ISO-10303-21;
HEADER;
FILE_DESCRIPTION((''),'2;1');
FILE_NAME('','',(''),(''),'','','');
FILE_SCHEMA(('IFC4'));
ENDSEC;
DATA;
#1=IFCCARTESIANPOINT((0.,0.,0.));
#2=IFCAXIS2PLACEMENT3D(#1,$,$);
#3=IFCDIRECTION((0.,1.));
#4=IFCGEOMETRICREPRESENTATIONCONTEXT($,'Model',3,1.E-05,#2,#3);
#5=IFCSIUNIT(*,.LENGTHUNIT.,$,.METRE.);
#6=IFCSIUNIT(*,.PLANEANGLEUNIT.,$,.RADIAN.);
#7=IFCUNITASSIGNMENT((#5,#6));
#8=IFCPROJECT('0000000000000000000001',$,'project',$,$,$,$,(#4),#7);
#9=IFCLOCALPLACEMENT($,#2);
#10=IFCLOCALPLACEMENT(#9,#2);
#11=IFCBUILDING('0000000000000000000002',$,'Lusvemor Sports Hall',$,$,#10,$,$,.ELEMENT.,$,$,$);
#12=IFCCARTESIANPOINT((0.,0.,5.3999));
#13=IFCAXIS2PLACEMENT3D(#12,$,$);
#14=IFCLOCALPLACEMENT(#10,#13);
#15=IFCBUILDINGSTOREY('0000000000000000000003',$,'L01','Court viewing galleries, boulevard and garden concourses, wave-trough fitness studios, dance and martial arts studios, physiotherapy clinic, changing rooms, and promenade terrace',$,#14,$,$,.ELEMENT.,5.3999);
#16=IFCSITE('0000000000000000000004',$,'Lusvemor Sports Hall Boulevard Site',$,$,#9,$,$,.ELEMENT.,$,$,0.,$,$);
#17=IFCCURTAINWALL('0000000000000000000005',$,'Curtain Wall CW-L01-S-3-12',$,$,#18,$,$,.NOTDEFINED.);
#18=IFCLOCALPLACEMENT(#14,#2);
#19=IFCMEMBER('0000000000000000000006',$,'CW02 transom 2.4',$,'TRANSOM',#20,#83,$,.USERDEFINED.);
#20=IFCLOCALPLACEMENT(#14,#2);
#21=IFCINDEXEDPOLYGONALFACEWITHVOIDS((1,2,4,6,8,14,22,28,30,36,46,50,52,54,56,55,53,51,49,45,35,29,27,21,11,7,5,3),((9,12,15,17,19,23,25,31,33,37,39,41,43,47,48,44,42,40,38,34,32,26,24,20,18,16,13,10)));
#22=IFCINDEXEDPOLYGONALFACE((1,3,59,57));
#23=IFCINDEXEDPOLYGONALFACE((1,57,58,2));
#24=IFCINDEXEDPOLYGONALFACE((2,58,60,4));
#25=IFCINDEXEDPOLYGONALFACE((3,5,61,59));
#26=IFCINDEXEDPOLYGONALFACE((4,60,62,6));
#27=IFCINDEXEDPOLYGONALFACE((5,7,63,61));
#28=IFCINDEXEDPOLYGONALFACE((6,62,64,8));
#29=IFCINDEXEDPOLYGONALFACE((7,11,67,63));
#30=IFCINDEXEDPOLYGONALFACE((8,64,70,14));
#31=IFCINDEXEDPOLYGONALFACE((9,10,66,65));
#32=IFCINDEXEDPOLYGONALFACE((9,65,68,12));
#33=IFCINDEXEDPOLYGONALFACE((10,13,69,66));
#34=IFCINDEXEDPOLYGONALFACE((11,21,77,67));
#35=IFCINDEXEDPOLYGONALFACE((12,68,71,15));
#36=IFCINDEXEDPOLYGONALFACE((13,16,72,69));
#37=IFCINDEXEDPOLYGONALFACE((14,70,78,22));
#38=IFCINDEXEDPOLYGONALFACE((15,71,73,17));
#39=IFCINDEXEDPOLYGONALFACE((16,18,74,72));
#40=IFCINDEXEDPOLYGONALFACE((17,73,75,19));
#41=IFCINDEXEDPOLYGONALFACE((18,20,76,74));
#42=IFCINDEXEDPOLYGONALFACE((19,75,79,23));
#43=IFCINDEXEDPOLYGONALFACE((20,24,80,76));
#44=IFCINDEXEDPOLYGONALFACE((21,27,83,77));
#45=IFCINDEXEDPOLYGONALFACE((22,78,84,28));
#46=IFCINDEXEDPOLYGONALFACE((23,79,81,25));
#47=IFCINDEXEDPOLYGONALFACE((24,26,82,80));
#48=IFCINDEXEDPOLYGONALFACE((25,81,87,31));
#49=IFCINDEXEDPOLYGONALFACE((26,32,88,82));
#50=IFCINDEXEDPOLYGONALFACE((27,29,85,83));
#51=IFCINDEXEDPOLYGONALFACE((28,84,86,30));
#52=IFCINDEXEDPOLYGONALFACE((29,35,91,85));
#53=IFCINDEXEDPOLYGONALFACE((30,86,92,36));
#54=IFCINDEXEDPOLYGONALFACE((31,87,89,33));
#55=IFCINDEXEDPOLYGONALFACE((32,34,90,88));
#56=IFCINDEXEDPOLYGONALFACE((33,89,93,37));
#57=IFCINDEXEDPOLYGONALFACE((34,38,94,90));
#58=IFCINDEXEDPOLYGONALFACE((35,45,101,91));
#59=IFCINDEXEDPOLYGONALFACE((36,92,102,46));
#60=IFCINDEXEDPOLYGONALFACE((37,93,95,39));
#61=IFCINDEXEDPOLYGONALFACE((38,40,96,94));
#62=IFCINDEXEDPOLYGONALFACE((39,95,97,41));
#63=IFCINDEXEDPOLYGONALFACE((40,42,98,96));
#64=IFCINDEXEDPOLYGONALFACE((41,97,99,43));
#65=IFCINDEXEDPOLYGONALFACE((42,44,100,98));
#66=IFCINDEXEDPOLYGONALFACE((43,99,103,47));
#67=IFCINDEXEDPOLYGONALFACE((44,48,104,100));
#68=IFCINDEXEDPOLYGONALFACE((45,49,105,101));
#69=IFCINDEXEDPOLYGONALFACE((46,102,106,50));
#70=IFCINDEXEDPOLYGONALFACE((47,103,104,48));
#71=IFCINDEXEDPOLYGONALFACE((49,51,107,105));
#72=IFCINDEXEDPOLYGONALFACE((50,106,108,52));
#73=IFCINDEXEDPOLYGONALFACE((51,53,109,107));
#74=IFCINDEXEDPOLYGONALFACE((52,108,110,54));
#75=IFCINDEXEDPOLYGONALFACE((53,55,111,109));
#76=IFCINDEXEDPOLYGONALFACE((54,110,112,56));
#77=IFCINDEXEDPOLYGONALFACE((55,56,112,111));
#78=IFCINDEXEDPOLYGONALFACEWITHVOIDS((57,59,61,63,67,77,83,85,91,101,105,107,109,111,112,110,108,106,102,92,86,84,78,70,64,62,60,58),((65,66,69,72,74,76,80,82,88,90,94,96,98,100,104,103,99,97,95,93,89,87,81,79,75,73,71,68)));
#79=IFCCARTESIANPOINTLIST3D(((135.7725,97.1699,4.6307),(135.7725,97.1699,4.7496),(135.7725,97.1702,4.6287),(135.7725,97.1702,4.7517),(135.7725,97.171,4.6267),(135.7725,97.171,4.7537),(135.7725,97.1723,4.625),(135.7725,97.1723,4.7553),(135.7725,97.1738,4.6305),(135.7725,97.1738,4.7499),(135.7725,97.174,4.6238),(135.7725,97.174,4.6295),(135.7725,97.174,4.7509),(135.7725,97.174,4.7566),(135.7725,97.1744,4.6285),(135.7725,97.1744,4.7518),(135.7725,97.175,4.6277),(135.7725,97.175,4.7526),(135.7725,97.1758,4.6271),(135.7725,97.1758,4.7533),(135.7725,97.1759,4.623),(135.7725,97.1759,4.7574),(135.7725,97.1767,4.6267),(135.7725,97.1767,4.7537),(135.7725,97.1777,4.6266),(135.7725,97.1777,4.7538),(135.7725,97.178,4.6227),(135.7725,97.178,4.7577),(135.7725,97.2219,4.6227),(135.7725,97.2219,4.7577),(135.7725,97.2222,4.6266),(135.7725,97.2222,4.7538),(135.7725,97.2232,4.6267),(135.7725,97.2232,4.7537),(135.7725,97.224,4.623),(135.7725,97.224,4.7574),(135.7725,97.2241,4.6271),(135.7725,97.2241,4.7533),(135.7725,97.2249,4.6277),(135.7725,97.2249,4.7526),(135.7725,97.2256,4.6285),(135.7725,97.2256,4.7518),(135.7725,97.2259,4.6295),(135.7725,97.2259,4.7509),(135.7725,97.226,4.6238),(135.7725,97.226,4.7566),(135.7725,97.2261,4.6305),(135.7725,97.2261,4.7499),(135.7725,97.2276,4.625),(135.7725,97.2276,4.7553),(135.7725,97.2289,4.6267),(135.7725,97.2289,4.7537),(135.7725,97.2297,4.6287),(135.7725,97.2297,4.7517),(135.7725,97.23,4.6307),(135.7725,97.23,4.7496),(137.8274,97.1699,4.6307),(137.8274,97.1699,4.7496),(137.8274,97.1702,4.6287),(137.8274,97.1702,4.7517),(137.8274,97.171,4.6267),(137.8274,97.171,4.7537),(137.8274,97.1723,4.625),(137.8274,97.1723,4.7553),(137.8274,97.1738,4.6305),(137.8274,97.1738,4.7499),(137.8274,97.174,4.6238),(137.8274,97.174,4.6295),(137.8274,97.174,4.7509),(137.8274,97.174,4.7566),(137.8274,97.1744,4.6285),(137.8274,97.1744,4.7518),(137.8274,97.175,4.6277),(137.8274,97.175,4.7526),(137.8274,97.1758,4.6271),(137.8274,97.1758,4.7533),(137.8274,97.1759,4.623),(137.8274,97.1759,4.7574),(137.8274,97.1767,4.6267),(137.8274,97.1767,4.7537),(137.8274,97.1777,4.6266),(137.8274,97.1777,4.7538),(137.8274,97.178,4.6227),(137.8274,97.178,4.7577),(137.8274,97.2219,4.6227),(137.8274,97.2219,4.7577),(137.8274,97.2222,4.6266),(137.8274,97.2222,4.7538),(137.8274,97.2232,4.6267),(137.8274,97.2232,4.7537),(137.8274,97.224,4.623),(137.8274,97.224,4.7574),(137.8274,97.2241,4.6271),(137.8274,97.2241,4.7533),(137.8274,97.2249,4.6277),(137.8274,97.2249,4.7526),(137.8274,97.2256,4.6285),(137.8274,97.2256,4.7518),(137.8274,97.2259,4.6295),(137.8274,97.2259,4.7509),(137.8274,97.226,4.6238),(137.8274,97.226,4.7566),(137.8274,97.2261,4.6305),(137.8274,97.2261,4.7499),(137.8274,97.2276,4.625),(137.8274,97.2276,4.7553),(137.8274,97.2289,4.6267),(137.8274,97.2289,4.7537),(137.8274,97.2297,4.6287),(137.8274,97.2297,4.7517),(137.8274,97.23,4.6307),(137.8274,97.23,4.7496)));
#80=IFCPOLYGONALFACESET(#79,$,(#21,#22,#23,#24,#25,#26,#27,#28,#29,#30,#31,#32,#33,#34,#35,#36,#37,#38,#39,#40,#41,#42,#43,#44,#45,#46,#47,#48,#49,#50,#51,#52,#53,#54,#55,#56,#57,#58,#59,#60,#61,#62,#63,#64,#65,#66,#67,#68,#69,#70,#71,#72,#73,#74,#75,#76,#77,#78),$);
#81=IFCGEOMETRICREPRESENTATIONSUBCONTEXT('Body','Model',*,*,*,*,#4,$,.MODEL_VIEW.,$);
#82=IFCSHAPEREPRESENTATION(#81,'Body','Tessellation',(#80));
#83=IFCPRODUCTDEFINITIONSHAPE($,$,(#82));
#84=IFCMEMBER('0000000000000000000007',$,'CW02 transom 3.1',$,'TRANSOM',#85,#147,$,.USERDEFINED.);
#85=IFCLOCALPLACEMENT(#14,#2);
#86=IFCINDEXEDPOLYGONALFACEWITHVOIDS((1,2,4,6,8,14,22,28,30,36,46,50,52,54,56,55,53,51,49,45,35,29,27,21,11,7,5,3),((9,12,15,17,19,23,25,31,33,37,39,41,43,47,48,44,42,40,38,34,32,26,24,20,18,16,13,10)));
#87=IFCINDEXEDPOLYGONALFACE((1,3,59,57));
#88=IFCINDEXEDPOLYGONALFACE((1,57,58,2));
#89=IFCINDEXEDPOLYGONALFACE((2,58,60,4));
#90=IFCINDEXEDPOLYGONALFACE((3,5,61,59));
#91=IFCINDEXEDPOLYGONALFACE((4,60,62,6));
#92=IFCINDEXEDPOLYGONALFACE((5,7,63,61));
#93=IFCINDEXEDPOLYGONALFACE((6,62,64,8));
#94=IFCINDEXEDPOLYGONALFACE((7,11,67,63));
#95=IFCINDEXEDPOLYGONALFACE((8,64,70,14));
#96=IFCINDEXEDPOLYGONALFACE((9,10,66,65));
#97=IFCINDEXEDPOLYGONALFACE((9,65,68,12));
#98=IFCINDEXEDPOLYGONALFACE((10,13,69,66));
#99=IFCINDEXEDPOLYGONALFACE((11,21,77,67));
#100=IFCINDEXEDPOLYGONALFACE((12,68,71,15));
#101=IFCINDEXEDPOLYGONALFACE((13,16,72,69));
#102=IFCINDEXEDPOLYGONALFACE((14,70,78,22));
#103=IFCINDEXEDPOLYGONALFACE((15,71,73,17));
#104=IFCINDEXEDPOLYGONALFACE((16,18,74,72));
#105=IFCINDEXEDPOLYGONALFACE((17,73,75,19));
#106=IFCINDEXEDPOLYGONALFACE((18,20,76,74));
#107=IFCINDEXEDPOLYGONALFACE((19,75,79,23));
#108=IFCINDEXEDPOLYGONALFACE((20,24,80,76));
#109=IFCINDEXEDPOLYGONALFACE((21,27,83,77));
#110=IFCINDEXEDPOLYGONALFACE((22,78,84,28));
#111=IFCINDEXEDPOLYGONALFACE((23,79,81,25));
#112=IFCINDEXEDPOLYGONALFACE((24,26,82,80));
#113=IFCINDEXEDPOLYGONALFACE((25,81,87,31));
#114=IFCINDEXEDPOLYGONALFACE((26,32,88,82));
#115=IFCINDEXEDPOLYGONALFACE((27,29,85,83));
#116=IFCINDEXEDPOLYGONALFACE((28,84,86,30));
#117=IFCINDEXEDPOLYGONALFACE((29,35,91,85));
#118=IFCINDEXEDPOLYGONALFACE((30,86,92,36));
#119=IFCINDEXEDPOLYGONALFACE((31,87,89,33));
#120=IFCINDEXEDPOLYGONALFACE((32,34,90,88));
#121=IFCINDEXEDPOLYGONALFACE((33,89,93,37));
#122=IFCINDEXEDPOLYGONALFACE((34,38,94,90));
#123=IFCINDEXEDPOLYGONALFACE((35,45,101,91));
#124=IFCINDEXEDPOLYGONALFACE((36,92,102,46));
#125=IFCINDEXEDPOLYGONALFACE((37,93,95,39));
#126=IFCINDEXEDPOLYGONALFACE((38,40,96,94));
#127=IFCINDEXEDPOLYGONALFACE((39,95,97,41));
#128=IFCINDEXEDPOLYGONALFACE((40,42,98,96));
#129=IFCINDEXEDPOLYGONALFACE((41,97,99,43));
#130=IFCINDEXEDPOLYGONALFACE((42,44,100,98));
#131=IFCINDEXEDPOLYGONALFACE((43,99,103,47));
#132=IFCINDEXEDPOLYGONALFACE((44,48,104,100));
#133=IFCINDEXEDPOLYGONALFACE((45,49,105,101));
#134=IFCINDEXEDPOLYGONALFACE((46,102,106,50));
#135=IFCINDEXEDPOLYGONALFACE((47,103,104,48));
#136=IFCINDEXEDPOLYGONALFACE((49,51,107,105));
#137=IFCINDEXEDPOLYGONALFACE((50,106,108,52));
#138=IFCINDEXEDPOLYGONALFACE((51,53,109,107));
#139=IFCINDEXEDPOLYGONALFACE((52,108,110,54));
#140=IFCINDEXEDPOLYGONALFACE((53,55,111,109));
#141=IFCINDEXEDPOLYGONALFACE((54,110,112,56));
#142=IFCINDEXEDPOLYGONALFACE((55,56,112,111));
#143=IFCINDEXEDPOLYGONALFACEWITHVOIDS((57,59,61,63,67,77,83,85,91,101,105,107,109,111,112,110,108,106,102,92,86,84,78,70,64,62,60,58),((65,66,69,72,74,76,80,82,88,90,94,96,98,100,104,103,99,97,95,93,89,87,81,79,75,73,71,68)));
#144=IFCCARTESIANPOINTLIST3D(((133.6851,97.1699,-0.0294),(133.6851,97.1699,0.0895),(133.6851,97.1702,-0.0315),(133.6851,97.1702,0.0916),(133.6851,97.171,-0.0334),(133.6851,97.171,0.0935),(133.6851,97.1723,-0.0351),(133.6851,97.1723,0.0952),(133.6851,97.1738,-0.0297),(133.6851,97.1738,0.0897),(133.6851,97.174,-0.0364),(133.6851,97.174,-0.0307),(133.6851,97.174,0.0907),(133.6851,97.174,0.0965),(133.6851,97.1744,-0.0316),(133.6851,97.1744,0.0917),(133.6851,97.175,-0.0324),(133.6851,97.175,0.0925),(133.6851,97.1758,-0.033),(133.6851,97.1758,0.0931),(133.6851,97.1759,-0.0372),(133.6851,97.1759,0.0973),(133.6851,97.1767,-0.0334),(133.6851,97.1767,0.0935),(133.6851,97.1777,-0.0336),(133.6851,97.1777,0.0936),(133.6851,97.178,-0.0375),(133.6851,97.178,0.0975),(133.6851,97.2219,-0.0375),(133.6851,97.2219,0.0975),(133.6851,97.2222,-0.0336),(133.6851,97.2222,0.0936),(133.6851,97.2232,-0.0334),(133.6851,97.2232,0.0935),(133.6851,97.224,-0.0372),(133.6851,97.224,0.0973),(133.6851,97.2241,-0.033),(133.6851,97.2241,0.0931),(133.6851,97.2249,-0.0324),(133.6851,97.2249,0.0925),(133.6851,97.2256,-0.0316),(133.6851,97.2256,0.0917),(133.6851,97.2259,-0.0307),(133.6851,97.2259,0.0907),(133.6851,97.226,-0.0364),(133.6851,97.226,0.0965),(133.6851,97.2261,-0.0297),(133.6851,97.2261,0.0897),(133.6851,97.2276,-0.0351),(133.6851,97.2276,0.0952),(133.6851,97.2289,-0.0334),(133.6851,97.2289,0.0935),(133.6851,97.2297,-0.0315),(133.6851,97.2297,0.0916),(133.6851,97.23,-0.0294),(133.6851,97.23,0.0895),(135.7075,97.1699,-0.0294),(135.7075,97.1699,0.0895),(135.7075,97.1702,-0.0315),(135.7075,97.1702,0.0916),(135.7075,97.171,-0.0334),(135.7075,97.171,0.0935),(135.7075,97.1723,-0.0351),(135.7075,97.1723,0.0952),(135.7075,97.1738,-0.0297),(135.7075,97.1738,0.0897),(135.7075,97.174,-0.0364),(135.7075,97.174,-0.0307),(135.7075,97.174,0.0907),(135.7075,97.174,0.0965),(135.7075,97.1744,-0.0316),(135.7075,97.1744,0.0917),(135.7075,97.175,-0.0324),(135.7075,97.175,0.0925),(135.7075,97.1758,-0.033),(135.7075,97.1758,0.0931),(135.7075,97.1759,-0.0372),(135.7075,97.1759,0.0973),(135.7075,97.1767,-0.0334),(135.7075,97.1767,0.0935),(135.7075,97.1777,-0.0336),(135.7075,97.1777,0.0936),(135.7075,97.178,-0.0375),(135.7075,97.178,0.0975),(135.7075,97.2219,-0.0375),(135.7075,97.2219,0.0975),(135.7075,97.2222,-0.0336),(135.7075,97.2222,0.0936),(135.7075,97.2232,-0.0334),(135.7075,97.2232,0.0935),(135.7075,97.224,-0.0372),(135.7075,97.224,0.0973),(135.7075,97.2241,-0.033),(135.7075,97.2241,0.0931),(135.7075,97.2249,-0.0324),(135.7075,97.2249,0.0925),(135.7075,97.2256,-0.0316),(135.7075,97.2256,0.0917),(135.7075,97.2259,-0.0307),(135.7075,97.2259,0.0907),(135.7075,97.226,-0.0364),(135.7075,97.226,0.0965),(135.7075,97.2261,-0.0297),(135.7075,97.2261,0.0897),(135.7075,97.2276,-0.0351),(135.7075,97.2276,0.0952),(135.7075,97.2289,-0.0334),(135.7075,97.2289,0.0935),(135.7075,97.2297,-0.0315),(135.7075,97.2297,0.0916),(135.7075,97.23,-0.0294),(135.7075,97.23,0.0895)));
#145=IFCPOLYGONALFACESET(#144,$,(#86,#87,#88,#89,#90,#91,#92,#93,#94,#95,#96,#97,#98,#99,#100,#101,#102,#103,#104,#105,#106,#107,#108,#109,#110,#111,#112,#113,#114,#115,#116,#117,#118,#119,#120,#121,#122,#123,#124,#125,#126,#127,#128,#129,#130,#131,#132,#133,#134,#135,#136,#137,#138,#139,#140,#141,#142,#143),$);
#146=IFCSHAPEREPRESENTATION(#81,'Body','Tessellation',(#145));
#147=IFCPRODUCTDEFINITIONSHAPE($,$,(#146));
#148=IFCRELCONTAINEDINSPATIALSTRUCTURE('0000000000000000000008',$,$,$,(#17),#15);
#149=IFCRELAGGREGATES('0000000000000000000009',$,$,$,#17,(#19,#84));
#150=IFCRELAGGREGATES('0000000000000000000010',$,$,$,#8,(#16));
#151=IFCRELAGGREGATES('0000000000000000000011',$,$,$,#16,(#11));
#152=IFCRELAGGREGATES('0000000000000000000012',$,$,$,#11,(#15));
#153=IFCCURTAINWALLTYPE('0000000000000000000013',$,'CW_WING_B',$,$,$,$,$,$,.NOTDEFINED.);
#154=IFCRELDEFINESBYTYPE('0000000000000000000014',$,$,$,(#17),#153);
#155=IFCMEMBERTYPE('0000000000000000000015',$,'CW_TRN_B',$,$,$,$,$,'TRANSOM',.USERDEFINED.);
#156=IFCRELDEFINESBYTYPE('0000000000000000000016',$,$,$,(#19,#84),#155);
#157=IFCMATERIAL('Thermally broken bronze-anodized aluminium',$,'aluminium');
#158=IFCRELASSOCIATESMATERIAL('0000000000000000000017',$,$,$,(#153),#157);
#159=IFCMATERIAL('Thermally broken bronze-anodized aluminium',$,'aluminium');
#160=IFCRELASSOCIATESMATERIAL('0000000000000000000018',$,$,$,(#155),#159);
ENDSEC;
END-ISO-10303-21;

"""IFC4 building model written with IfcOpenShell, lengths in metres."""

from ifc_helpers import new_model, si_unit, direction, frame, origin, origin_2d, place, context, subcontext, project, spatial, hollow_rectangle, extrude, material, material_profile, profile_set, type_object, element, aggregate, save


model = new_model("IFC4")

# Units and contexts
model_context = context("Model", 3, precision=1e-05, world=origin(), true_north=direction((0.0, 1.0)))
body_context = subcontext(model_context, "Body", "Model", "MODEL_VIEW")
ifc_project = project(units=[si_unit("LENGTHUNIT", "METRE"), si_unit("PLANEANGLEUNIT", "RADIAN")], contexts=[model_context])

# Site, building, storey
site_placement = place(None, origin())
site = spatial("IfcSite", under=ifc_project, at=site_placement, Name="Lusvemor Sports Hall Boulevard Site", CompositionType="ELEMENT", RefElevation=0.0)
building_placement = place(site_placement, origin())
building = spatial("IfcBuilding", under=site, at=building_placement, Name="Lusvemor Sports Hall", CompositionType="ELEMENT")
storey_placement = place(building_placement, frame((0.0, 0.0, 5.3999)))
storey = spatial("IfcBuildingStorey", under=building, at=storey_placement, Name="L01", Description="Court viewing galleries, boulevard and garden concourses, wave-trough fitness studios, dance and martial arts studios, physiotherapy clinic, changing rooms, and promenade terrace", CompositionType="ELEMENT", Elevation=5.3999)

# Curtain wall, members
ifc_material_1 = material(Name="Thermally broken bronze-anodized aluminium", Category="aluminium")
curtain_wall_type = type_object("IfcCurtainWallType", Name="CW_WING_B", PredefinedType="NOTDEFINED", material=ifc_material_1)
curtain_wall_placement = place(storey_placement, origin())
curtain_wall = element("IfcCurtainWall", 1, at=curtain_wall_placement, inside=storey, type_object=curtain_wall_type, Name="Curtain Wall CW-L01-S-3-12", PredefinedType="NOTDEFINED")
ifc_material_2 = material(Name="Thermally broken bronze-anodized aluminium", Category="aluminium")
ifc_material_profile_1 = material_profile(ifc_material_2, hollow_rectangle(XDim=0.0601, YDim=0.135, WallThickness=0.0039, InnerFilletRadius=0.0039, OuterFilletRadius=0.0081, at=origin_2d()), Name="CWTRN135x60x4")
ifc_profile_set_1 = profile_set([ifc_material_profile_1], Name="Thermally broken bronze-anodized aluminium")
member_type_1 = type_object("IfcMemberType", Name="CW_TRN_B", ElementType="TRANSOM", PredefinedType="USERDEFINED", material=ifc_profile_set_1)
member_1_placement = place(storey_placement, frame((137.8274, 97.2, 4.6902), z_axis=(-1.0, 0.0, 0.0), x_axis=(0.0, -1.0, 0.0)))
member_1 = element("IfcMember", 2, at=member_1_placement, type_object=member_type_1, Name="CW02 transom 2.4", ObjectType="TRANSOM", PredefinedType="USERDEFINED", context=body_context, shape_type="SweptSolid", body=[
    extrude(hollow_rectangle(XDim=0.0601, YDim=0.135, WallThickness=0.0039, InnerFilletRadius=0.0039, OuterFilletRadius=0.0081, at=origin_2d()), origin(), (0.0, 0.0, 1.0), 2.0549),
])
member_2_placement = place(storey_placement, frame((135.7075, 97.2, 0.03), z_axis=(-1.0, 0.0, 0.0), x_axis=(0.0, -1.0, 0.0)))
member_2 = element("IfcMember", 3, at=member_2_placement, type_object=member_type_1, Name="CW02 transom 3.1", ObjectType="TRANSOM", PredefinedType="USERDEFINED", context=body_context, shape_type="SweptSolid", body=[
    extrude(hollow_rectangle(XDim=0.0601, YDim=0.135, WallThickness=0.0039, InnerFilletRadius=0.0039, OuterFilletRadius=0.0081, at=origin_2d()), origin(), (0.0, 0.0, 1.0), 2.0225),
])

aggregate(curtain_wall, [member_1, member_2])

save(model, "model.ifc")
